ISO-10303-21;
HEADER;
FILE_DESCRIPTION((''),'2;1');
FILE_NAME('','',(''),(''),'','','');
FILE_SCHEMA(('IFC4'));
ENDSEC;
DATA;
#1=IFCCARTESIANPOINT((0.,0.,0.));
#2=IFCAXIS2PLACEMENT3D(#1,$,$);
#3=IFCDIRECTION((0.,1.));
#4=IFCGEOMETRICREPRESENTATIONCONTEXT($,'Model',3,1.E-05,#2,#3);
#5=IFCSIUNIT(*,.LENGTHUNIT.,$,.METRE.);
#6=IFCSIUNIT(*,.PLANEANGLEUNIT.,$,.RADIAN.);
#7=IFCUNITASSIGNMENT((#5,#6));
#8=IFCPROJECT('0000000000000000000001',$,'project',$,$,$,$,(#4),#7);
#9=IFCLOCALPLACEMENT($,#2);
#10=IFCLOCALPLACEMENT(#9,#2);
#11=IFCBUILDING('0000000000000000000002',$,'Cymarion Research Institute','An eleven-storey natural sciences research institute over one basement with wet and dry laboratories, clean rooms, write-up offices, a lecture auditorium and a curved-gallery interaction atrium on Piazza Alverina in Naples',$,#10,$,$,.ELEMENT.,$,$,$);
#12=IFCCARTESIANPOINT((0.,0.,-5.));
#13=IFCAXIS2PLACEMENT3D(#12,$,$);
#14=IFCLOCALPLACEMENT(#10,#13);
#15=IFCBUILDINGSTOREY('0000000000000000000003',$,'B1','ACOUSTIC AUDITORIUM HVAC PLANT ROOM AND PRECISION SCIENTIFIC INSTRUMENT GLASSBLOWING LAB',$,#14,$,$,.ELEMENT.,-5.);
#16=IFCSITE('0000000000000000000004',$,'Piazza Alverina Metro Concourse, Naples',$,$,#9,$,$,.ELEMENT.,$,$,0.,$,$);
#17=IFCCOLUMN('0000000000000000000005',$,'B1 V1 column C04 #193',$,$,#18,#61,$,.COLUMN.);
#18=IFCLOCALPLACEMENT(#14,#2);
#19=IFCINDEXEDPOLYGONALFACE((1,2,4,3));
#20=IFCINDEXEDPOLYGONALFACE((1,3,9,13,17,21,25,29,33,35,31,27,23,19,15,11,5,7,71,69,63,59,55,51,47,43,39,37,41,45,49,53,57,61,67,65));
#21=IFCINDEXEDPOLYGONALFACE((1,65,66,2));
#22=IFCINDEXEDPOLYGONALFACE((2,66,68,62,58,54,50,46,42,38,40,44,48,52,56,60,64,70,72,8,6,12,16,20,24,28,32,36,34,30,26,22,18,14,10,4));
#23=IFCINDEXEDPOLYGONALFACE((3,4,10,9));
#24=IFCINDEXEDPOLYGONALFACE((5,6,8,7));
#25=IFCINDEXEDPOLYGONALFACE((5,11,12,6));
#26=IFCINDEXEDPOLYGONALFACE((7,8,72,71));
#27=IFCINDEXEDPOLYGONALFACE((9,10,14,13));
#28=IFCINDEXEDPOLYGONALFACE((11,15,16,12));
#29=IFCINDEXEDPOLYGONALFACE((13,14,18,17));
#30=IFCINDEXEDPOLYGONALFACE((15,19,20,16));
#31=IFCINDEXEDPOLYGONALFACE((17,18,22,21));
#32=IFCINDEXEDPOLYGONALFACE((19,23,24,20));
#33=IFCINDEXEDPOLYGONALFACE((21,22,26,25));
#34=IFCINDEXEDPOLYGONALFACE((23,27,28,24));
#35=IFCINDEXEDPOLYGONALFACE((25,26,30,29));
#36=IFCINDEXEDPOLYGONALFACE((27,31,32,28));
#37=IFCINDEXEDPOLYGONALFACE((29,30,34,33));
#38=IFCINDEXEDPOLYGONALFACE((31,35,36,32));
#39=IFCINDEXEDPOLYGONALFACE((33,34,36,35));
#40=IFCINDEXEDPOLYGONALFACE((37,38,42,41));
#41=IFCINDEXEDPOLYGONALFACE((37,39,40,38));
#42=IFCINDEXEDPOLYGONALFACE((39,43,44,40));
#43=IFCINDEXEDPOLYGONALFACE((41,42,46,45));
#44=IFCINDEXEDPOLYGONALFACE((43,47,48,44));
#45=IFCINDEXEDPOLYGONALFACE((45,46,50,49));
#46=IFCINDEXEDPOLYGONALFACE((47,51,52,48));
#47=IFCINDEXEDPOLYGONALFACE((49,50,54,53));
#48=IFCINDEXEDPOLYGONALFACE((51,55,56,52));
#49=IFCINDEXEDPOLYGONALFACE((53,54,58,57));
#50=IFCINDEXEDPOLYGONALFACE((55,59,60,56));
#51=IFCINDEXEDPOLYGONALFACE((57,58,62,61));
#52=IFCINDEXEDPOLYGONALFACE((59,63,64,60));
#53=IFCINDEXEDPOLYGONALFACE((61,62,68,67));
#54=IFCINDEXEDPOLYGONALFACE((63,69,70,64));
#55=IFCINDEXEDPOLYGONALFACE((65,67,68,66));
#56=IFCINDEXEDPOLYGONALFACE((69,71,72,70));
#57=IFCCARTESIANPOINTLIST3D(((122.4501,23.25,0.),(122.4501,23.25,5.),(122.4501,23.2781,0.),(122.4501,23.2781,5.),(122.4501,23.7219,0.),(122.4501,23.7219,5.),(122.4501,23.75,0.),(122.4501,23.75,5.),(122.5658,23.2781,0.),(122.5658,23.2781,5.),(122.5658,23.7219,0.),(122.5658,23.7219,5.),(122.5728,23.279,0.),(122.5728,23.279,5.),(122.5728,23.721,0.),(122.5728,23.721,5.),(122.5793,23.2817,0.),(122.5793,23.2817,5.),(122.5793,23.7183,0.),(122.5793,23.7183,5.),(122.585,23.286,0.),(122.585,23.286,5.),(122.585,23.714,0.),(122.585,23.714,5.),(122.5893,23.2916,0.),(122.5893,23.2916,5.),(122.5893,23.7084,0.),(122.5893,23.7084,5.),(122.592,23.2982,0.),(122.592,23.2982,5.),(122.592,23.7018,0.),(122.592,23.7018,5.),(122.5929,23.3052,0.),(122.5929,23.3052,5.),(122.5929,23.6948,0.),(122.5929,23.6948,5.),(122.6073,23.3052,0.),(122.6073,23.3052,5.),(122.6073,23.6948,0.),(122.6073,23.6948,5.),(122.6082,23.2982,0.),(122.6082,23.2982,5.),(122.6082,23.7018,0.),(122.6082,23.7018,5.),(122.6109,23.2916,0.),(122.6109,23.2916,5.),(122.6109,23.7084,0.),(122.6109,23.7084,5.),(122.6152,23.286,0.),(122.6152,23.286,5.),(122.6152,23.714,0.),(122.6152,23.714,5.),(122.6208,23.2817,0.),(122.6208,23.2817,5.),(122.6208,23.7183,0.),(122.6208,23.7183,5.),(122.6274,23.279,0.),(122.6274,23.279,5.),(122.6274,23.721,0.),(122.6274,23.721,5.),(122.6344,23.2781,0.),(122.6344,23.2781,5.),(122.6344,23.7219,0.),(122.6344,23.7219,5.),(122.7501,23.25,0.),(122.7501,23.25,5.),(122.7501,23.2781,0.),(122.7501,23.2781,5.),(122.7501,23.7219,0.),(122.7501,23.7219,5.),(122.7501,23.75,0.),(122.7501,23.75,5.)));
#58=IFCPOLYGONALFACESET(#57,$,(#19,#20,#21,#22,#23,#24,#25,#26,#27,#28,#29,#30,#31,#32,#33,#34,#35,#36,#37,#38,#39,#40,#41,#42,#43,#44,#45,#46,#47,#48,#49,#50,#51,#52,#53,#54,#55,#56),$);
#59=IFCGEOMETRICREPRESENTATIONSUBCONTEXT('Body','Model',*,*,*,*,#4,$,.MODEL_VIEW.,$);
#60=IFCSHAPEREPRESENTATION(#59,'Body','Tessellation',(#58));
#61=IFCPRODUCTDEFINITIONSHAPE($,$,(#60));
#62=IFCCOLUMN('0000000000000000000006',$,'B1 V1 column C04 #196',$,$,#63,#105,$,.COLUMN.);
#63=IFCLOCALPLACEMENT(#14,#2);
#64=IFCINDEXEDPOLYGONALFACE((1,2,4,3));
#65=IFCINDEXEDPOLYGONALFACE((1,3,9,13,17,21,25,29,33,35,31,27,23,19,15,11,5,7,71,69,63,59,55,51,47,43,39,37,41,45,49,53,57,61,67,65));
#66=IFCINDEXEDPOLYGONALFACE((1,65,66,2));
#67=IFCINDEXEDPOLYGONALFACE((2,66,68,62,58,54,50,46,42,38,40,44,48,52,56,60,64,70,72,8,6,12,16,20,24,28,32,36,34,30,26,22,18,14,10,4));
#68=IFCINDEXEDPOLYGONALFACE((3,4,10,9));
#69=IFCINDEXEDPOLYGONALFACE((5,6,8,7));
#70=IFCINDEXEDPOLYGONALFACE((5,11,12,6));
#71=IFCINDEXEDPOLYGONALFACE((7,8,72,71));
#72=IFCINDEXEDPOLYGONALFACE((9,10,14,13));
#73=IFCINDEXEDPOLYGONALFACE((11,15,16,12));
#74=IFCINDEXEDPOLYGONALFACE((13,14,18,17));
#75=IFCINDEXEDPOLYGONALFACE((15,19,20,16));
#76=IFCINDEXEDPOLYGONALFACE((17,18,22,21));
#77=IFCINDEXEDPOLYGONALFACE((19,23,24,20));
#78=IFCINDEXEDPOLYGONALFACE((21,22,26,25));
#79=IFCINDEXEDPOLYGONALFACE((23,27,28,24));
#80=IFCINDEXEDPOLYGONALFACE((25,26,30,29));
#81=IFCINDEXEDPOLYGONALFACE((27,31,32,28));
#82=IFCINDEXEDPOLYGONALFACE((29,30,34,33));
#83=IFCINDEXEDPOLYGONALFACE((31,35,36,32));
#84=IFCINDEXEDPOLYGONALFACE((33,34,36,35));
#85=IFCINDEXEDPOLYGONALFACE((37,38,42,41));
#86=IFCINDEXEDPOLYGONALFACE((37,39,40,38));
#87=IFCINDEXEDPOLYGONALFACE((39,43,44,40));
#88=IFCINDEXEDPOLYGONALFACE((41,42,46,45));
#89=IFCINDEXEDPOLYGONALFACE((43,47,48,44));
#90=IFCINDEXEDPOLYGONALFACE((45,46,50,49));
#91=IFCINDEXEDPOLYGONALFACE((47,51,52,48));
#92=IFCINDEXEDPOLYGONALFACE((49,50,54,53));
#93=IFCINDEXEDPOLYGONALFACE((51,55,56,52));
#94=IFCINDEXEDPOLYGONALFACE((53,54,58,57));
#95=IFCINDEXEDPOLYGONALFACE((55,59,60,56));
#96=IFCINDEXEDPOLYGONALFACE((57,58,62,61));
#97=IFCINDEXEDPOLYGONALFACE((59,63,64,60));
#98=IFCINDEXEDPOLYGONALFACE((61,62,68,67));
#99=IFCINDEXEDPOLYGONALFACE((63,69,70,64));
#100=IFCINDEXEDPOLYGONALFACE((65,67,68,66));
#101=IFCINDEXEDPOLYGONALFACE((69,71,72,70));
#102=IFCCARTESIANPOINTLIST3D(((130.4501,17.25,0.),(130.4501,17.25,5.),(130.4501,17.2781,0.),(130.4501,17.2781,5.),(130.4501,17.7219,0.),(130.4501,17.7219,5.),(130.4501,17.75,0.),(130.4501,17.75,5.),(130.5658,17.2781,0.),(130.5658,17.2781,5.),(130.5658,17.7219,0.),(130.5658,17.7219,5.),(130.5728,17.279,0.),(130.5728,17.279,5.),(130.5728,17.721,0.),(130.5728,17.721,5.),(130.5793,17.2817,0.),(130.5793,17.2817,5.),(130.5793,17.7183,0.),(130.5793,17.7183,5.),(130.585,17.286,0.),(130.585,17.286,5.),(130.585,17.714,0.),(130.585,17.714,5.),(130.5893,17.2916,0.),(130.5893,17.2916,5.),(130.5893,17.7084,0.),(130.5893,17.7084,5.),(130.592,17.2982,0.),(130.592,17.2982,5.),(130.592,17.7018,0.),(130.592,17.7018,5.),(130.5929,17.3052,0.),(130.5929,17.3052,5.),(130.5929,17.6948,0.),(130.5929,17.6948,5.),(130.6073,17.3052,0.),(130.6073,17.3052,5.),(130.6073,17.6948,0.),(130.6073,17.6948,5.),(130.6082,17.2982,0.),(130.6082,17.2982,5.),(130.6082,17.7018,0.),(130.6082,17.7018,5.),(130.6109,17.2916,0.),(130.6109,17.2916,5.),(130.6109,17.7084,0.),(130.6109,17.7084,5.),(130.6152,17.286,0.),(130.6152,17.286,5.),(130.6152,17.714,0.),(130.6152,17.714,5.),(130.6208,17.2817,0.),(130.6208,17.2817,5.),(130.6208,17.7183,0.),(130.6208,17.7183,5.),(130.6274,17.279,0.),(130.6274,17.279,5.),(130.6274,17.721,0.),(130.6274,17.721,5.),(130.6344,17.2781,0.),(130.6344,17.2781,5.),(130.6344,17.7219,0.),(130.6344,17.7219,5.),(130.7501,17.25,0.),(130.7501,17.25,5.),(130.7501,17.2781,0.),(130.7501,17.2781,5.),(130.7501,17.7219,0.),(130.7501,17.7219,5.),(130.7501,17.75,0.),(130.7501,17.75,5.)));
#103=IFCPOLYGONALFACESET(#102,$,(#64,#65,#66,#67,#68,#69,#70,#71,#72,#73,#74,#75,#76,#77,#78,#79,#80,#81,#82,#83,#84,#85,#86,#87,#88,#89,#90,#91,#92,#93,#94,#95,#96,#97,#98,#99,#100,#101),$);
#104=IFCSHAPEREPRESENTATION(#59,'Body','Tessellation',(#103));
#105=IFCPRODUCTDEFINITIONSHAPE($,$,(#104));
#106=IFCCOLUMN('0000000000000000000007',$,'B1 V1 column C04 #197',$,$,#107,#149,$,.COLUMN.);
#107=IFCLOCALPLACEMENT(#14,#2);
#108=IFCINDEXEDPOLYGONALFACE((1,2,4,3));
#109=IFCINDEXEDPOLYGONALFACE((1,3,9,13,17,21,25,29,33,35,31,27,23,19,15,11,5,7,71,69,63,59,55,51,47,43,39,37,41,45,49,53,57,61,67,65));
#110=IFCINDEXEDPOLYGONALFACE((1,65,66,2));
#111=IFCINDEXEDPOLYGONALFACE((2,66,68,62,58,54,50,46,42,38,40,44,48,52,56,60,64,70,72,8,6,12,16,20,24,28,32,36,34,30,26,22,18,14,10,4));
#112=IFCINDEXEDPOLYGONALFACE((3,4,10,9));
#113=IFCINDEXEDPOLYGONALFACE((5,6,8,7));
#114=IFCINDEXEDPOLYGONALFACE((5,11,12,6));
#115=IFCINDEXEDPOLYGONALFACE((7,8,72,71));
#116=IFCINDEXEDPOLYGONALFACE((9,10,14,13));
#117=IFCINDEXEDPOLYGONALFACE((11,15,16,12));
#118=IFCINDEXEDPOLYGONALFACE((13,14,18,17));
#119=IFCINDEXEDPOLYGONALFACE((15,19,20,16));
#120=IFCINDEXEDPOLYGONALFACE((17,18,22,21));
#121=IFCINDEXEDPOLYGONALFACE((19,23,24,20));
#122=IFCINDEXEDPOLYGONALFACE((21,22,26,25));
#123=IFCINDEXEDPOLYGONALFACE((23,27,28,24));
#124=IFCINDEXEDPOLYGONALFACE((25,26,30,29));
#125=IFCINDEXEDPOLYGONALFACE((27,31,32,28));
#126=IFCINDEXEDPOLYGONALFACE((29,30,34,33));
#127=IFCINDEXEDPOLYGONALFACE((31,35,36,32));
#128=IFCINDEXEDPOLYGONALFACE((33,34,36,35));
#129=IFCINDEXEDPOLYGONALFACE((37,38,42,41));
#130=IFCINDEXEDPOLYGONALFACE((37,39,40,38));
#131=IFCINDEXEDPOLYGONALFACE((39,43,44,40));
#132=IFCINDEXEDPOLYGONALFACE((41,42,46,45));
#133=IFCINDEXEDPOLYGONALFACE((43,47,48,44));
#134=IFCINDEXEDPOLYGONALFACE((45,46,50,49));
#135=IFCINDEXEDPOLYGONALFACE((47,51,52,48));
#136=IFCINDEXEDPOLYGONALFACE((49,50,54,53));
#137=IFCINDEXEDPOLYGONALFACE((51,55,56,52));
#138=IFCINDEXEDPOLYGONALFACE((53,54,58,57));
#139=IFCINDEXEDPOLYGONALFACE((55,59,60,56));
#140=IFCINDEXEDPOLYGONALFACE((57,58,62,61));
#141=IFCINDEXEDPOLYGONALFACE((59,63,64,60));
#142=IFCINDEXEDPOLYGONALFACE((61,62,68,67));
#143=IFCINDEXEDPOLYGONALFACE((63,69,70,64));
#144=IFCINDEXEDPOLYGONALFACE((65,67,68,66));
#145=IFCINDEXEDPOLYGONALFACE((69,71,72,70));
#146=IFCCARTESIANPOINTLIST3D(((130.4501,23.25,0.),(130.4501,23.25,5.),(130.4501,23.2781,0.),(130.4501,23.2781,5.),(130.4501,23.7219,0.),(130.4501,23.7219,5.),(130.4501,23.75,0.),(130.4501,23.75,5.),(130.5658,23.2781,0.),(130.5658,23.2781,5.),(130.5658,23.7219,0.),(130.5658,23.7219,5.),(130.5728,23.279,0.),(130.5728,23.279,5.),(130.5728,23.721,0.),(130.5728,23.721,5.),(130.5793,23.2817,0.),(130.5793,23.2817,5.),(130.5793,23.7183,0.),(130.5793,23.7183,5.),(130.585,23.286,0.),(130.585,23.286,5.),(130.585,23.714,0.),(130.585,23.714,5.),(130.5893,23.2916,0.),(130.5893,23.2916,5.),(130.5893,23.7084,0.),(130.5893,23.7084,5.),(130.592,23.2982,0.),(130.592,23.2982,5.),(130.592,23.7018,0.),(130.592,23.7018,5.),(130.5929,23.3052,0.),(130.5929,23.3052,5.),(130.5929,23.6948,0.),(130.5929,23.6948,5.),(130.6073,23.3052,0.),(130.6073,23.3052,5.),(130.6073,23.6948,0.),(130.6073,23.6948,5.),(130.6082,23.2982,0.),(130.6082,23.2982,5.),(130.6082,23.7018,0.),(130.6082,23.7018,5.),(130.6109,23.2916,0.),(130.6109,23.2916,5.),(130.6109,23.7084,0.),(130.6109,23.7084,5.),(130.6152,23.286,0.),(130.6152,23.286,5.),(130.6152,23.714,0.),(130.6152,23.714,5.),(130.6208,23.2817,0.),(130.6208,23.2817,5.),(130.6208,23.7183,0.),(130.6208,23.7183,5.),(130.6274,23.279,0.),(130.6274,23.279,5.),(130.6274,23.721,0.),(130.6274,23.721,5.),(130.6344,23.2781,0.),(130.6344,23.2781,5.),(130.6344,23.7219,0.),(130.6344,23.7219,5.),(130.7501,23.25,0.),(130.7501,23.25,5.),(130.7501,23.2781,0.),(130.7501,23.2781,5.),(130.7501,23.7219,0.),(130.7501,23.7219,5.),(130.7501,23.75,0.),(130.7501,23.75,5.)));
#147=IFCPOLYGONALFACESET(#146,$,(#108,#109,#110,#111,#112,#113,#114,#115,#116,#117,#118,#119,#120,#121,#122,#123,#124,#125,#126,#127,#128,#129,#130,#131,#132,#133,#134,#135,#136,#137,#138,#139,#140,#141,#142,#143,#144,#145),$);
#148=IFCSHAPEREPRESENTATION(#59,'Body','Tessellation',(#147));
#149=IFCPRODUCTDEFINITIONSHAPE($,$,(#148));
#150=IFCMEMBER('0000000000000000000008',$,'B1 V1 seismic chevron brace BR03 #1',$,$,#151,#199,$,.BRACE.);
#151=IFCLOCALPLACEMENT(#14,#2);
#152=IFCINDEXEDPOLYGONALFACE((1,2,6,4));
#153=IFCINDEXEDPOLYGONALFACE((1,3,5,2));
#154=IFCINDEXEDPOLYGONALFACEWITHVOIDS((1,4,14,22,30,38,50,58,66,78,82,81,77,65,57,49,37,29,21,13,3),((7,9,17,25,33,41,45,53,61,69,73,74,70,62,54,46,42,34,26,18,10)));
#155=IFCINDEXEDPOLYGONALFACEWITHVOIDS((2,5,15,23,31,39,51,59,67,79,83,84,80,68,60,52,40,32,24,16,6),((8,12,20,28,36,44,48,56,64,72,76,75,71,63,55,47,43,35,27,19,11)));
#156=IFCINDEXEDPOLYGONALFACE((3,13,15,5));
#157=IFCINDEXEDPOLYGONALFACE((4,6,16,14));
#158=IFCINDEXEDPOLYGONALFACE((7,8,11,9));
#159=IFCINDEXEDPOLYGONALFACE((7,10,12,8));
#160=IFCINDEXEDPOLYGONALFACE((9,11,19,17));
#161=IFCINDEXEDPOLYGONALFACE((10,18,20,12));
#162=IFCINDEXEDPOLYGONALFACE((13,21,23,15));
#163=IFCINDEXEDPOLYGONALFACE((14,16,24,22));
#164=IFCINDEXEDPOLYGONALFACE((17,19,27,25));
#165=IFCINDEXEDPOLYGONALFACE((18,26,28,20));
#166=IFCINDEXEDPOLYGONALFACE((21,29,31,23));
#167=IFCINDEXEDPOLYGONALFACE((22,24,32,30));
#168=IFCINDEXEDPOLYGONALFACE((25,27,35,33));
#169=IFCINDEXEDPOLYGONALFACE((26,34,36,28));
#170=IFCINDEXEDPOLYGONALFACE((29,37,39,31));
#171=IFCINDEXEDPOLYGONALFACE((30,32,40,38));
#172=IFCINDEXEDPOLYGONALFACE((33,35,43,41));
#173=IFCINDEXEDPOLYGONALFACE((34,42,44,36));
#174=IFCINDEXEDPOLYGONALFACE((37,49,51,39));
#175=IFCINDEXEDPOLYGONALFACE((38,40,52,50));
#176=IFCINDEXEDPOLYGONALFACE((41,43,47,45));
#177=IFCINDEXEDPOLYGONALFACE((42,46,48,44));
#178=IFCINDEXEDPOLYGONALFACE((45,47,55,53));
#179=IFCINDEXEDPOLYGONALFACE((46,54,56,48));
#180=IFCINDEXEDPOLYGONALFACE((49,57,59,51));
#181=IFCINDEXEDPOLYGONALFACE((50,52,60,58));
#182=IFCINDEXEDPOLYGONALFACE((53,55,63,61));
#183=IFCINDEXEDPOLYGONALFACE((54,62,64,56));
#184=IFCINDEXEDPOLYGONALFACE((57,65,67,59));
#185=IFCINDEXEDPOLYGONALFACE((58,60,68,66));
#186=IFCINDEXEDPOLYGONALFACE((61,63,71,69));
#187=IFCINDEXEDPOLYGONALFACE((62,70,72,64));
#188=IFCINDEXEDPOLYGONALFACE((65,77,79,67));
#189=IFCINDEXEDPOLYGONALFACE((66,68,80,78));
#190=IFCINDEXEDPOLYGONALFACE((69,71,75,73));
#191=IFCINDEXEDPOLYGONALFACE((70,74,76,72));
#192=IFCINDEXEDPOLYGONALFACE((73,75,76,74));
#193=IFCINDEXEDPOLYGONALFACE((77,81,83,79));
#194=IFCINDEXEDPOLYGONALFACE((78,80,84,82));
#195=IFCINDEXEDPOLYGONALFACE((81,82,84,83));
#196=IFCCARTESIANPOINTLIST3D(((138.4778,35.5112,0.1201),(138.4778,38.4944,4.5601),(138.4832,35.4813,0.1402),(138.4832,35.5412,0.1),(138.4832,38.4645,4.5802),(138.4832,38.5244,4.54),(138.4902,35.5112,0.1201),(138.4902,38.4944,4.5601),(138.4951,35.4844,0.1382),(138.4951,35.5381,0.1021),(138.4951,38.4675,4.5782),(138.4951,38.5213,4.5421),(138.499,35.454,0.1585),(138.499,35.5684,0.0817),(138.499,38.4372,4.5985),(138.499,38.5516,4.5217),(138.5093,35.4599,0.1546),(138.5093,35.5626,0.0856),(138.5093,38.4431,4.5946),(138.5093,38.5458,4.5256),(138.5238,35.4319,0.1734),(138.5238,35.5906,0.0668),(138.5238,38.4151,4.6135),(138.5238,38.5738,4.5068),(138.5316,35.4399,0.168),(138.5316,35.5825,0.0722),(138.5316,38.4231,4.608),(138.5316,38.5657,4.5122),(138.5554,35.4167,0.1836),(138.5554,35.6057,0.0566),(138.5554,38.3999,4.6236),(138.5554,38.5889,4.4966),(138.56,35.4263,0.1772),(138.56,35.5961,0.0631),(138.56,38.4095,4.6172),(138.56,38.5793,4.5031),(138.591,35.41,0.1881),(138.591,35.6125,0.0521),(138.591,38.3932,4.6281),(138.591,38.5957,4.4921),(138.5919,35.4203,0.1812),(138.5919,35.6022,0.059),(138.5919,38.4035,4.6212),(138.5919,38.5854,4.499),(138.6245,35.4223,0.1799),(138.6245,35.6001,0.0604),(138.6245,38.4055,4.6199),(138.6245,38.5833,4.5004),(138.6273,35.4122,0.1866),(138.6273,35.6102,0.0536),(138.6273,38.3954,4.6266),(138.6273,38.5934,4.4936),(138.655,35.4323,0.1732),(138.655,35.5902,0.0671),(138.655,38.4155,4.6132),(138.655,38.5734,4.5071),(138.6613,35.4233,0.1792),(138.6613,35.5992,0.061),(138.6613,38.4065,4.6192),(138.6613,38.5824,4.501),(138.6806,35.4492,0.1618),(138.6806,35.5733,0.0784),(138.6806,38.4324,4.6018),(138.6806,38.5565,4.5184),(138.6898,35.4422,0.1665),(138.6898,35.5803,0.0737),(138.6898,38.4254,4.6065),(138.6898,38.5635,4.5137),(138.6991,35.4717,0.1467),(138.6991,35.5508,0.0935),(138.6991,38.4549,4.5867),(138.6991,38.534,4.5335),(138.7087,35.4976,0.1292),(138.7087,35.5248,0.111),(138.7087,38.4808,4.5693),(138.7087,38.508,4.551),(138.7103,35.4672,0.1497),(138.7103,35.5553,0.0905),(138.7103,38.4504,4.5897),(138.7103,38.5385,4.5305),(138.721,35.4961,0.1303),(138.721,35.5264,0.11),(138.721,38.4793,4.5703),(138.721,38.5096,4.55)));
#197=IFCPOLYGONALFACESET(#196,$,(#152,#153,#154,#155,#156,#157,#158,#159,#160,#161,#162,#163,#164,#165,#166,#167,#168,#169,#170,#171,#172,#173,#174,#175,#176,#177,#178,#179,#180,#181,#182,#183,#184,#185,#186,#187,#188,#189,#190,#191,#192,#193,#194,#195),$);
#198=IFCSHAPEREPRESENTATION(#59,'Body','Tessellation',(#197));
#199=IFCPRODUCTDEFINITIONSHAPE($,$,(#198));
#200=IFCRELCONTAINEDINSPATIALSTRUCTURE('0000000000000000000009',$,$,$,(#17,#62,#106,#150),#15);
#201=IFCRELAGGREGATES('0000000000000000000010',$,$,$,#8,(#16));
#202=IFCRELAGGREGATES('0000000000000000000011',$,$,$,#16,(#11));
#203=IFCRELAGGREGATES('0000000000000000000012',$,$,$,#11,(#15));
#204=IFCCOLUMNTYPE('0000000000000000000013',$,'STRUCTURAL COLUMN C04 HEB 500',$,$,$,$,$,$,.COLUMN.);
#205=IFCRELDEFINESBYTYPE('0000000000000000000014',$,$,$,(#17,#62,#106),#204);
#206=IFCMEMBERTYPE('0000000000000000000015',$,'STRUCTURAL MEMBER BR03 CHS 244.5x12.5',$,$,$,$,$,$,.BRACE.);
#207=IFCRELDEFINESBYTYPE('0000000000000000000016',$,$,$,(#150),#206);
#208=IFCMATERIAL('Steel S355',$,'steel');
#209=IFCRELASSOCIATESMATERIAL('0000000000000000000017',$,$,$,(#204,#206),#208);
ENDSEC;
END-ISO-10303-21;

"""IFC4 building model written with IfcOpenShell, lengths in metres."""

from ifc_helpers import new_model, si_unit, direction, frame, origin, origin_2d, place, context, subcontext, project, spatial, hollow_circle, i_section, extrude, material, material_profile, profile_set, type_object, element, save


model = new_model("IFC4")

# Units and contexts
model_context = context("Model", 3, precision=1e-05, world=origin(), true_north=direction((0.0, 1.0)))
body_context = subcontext(model_context, "Body", "Model", "MODEL_VIEW")
ifc_project = project(units=[si_unit("LENGTHUNIT", "METRE"), si_unit("PLANEANGLEUNIT", "RADIAN")], contexts=[model_context])

# Site, building, storey
site_placement = place(None, origin())
site = spatial("IfcSite", under=ifc_project, at=site_placement, Name="Piazza Alverina Metro Concourse, Naples", CompositionType="ELEMENT", RefElevation=0.0)
building_placement = place(site_placement, origin())
building = spatial("IfcBuilding", under=site, at=building_placement, Name="Cymarion Research Institute", Description="An eleven-storey natural sciences research institute over one basement with wet and dry laboratories, clean rooms, write-up offices, a lecture auditorium and a curved-gallery interaction atrium on Piazza Alverina in Naples", CompositionType="ELEMENT")
storey_placement = place(building_placement, frame((0.0, 0.0, -5.0)))
storey = spatial("IfcBuildingStorey", under=building, at=storey_placement, Name="B1", Description="ACOUSTIC AUDITORIUM HVAC PLANT ROOM AND PRECISION SCIENTIFIC INSTRUMENT GLASSBLOWING LAB", CompositionType="ELEMENT", Elevation=-5.0)

# Columns
ifc_material_1 = material(Name="Steel S355", Category="steel")
ifc_material_profile_1 = material_profile(ifc_material_1, i_section(OverallWidth=0.3, OverallDepth=0.5, WebThickness=0.0144, FlangeThickness=0.0281, FilletRadius=0.0271, at=origin_2d()), Name="HEB 500")
ifc_profile_set_1 = profile_set([ifc_material_profile_1], Name="Steel S355")
column_type_1 = type_object("IfcColumnType", Name="STRUCTURAL COLUMN C04 HEB 500", PredefinedType="COLUMN", material=ifc_profile_set_1)
for number, where, z_axis, x_axis, name in (
    (1, (122.6001, 23.5, 0.0), (0.0, 0.0, 1.0), (1.0, 0.0, 0.0), "B1 V1 column C04 #193"),
    (2, (130.6001, 17.5, 0.0), (0.0, 0.0, 1.0), (1.0, 0.0, 0.0), "B1 V1 column C04 #196"),
    (3, (130.6001, 23.5, 0.0), (0.0, 0.0, 1.0), (1.0, 0.0, 0.0), "B1 V1 column C04 #197"),
):
    element("IfcColumn", number, at=place(storey_placement, frame(where, z_axis=z_axis, x_axis=x_axis)), inside=storey, type_object=column_type_1, Name=name, PredefinedType="COLUMN", context=body_context, shape_type="SweptSolid", body=[
        extrude(i_section(OverallWidth=0.3, OverallDepth=0.5, WebThickness=0.0144, FlangeThickness=0.0281, FilletRadius=0.0271, at=origin_2d()), origin(), (0.0, 0.0, 1.0), 5.0),
    ])

# Member
ifc_material_profile_2 = material_profile(ifc_material_1, hollow_circle(Radius=0.1223, WallThickness=0.0125, at=origin_2d()), Name="CHS 244.5x12.5")
ifc_profile_set_2 = profile_set([ifc_material_profile_2], Name="Steel S355")
member_type = type_object("IfcMemberType", Name="STRUCTURAL MEMBER BR03 CHS 244.5x12.5", PredefinedType="BRACE", material=ifc_profile_set_2)
for number, where, z_axis, x_axis, name in (
    (4, (138.6001, 35.5112, 0.1201), (0.0, 0.557698, 0.830044), (-1.0, 0.0, 0.0), "B1 V1 seismic chevron brace BR03 #1"),
):
    element("IfcMember", number, at=place(storey_placement, frame(where, z_axis=z_axis, x_axis=x_axis)), inside=storey, type_object=member_type, Name=name, PredefinedType="BRACE", context=body_context, shape_type="SweptSolid", body=[
        extrude(hollow_circle(Radius=0.1223, WallThickness=0.0125, at=origin_2d()), origin(), (0.0, 0.0, 1.0), 5.3491),
    ])

save(model, "model.ifc")
